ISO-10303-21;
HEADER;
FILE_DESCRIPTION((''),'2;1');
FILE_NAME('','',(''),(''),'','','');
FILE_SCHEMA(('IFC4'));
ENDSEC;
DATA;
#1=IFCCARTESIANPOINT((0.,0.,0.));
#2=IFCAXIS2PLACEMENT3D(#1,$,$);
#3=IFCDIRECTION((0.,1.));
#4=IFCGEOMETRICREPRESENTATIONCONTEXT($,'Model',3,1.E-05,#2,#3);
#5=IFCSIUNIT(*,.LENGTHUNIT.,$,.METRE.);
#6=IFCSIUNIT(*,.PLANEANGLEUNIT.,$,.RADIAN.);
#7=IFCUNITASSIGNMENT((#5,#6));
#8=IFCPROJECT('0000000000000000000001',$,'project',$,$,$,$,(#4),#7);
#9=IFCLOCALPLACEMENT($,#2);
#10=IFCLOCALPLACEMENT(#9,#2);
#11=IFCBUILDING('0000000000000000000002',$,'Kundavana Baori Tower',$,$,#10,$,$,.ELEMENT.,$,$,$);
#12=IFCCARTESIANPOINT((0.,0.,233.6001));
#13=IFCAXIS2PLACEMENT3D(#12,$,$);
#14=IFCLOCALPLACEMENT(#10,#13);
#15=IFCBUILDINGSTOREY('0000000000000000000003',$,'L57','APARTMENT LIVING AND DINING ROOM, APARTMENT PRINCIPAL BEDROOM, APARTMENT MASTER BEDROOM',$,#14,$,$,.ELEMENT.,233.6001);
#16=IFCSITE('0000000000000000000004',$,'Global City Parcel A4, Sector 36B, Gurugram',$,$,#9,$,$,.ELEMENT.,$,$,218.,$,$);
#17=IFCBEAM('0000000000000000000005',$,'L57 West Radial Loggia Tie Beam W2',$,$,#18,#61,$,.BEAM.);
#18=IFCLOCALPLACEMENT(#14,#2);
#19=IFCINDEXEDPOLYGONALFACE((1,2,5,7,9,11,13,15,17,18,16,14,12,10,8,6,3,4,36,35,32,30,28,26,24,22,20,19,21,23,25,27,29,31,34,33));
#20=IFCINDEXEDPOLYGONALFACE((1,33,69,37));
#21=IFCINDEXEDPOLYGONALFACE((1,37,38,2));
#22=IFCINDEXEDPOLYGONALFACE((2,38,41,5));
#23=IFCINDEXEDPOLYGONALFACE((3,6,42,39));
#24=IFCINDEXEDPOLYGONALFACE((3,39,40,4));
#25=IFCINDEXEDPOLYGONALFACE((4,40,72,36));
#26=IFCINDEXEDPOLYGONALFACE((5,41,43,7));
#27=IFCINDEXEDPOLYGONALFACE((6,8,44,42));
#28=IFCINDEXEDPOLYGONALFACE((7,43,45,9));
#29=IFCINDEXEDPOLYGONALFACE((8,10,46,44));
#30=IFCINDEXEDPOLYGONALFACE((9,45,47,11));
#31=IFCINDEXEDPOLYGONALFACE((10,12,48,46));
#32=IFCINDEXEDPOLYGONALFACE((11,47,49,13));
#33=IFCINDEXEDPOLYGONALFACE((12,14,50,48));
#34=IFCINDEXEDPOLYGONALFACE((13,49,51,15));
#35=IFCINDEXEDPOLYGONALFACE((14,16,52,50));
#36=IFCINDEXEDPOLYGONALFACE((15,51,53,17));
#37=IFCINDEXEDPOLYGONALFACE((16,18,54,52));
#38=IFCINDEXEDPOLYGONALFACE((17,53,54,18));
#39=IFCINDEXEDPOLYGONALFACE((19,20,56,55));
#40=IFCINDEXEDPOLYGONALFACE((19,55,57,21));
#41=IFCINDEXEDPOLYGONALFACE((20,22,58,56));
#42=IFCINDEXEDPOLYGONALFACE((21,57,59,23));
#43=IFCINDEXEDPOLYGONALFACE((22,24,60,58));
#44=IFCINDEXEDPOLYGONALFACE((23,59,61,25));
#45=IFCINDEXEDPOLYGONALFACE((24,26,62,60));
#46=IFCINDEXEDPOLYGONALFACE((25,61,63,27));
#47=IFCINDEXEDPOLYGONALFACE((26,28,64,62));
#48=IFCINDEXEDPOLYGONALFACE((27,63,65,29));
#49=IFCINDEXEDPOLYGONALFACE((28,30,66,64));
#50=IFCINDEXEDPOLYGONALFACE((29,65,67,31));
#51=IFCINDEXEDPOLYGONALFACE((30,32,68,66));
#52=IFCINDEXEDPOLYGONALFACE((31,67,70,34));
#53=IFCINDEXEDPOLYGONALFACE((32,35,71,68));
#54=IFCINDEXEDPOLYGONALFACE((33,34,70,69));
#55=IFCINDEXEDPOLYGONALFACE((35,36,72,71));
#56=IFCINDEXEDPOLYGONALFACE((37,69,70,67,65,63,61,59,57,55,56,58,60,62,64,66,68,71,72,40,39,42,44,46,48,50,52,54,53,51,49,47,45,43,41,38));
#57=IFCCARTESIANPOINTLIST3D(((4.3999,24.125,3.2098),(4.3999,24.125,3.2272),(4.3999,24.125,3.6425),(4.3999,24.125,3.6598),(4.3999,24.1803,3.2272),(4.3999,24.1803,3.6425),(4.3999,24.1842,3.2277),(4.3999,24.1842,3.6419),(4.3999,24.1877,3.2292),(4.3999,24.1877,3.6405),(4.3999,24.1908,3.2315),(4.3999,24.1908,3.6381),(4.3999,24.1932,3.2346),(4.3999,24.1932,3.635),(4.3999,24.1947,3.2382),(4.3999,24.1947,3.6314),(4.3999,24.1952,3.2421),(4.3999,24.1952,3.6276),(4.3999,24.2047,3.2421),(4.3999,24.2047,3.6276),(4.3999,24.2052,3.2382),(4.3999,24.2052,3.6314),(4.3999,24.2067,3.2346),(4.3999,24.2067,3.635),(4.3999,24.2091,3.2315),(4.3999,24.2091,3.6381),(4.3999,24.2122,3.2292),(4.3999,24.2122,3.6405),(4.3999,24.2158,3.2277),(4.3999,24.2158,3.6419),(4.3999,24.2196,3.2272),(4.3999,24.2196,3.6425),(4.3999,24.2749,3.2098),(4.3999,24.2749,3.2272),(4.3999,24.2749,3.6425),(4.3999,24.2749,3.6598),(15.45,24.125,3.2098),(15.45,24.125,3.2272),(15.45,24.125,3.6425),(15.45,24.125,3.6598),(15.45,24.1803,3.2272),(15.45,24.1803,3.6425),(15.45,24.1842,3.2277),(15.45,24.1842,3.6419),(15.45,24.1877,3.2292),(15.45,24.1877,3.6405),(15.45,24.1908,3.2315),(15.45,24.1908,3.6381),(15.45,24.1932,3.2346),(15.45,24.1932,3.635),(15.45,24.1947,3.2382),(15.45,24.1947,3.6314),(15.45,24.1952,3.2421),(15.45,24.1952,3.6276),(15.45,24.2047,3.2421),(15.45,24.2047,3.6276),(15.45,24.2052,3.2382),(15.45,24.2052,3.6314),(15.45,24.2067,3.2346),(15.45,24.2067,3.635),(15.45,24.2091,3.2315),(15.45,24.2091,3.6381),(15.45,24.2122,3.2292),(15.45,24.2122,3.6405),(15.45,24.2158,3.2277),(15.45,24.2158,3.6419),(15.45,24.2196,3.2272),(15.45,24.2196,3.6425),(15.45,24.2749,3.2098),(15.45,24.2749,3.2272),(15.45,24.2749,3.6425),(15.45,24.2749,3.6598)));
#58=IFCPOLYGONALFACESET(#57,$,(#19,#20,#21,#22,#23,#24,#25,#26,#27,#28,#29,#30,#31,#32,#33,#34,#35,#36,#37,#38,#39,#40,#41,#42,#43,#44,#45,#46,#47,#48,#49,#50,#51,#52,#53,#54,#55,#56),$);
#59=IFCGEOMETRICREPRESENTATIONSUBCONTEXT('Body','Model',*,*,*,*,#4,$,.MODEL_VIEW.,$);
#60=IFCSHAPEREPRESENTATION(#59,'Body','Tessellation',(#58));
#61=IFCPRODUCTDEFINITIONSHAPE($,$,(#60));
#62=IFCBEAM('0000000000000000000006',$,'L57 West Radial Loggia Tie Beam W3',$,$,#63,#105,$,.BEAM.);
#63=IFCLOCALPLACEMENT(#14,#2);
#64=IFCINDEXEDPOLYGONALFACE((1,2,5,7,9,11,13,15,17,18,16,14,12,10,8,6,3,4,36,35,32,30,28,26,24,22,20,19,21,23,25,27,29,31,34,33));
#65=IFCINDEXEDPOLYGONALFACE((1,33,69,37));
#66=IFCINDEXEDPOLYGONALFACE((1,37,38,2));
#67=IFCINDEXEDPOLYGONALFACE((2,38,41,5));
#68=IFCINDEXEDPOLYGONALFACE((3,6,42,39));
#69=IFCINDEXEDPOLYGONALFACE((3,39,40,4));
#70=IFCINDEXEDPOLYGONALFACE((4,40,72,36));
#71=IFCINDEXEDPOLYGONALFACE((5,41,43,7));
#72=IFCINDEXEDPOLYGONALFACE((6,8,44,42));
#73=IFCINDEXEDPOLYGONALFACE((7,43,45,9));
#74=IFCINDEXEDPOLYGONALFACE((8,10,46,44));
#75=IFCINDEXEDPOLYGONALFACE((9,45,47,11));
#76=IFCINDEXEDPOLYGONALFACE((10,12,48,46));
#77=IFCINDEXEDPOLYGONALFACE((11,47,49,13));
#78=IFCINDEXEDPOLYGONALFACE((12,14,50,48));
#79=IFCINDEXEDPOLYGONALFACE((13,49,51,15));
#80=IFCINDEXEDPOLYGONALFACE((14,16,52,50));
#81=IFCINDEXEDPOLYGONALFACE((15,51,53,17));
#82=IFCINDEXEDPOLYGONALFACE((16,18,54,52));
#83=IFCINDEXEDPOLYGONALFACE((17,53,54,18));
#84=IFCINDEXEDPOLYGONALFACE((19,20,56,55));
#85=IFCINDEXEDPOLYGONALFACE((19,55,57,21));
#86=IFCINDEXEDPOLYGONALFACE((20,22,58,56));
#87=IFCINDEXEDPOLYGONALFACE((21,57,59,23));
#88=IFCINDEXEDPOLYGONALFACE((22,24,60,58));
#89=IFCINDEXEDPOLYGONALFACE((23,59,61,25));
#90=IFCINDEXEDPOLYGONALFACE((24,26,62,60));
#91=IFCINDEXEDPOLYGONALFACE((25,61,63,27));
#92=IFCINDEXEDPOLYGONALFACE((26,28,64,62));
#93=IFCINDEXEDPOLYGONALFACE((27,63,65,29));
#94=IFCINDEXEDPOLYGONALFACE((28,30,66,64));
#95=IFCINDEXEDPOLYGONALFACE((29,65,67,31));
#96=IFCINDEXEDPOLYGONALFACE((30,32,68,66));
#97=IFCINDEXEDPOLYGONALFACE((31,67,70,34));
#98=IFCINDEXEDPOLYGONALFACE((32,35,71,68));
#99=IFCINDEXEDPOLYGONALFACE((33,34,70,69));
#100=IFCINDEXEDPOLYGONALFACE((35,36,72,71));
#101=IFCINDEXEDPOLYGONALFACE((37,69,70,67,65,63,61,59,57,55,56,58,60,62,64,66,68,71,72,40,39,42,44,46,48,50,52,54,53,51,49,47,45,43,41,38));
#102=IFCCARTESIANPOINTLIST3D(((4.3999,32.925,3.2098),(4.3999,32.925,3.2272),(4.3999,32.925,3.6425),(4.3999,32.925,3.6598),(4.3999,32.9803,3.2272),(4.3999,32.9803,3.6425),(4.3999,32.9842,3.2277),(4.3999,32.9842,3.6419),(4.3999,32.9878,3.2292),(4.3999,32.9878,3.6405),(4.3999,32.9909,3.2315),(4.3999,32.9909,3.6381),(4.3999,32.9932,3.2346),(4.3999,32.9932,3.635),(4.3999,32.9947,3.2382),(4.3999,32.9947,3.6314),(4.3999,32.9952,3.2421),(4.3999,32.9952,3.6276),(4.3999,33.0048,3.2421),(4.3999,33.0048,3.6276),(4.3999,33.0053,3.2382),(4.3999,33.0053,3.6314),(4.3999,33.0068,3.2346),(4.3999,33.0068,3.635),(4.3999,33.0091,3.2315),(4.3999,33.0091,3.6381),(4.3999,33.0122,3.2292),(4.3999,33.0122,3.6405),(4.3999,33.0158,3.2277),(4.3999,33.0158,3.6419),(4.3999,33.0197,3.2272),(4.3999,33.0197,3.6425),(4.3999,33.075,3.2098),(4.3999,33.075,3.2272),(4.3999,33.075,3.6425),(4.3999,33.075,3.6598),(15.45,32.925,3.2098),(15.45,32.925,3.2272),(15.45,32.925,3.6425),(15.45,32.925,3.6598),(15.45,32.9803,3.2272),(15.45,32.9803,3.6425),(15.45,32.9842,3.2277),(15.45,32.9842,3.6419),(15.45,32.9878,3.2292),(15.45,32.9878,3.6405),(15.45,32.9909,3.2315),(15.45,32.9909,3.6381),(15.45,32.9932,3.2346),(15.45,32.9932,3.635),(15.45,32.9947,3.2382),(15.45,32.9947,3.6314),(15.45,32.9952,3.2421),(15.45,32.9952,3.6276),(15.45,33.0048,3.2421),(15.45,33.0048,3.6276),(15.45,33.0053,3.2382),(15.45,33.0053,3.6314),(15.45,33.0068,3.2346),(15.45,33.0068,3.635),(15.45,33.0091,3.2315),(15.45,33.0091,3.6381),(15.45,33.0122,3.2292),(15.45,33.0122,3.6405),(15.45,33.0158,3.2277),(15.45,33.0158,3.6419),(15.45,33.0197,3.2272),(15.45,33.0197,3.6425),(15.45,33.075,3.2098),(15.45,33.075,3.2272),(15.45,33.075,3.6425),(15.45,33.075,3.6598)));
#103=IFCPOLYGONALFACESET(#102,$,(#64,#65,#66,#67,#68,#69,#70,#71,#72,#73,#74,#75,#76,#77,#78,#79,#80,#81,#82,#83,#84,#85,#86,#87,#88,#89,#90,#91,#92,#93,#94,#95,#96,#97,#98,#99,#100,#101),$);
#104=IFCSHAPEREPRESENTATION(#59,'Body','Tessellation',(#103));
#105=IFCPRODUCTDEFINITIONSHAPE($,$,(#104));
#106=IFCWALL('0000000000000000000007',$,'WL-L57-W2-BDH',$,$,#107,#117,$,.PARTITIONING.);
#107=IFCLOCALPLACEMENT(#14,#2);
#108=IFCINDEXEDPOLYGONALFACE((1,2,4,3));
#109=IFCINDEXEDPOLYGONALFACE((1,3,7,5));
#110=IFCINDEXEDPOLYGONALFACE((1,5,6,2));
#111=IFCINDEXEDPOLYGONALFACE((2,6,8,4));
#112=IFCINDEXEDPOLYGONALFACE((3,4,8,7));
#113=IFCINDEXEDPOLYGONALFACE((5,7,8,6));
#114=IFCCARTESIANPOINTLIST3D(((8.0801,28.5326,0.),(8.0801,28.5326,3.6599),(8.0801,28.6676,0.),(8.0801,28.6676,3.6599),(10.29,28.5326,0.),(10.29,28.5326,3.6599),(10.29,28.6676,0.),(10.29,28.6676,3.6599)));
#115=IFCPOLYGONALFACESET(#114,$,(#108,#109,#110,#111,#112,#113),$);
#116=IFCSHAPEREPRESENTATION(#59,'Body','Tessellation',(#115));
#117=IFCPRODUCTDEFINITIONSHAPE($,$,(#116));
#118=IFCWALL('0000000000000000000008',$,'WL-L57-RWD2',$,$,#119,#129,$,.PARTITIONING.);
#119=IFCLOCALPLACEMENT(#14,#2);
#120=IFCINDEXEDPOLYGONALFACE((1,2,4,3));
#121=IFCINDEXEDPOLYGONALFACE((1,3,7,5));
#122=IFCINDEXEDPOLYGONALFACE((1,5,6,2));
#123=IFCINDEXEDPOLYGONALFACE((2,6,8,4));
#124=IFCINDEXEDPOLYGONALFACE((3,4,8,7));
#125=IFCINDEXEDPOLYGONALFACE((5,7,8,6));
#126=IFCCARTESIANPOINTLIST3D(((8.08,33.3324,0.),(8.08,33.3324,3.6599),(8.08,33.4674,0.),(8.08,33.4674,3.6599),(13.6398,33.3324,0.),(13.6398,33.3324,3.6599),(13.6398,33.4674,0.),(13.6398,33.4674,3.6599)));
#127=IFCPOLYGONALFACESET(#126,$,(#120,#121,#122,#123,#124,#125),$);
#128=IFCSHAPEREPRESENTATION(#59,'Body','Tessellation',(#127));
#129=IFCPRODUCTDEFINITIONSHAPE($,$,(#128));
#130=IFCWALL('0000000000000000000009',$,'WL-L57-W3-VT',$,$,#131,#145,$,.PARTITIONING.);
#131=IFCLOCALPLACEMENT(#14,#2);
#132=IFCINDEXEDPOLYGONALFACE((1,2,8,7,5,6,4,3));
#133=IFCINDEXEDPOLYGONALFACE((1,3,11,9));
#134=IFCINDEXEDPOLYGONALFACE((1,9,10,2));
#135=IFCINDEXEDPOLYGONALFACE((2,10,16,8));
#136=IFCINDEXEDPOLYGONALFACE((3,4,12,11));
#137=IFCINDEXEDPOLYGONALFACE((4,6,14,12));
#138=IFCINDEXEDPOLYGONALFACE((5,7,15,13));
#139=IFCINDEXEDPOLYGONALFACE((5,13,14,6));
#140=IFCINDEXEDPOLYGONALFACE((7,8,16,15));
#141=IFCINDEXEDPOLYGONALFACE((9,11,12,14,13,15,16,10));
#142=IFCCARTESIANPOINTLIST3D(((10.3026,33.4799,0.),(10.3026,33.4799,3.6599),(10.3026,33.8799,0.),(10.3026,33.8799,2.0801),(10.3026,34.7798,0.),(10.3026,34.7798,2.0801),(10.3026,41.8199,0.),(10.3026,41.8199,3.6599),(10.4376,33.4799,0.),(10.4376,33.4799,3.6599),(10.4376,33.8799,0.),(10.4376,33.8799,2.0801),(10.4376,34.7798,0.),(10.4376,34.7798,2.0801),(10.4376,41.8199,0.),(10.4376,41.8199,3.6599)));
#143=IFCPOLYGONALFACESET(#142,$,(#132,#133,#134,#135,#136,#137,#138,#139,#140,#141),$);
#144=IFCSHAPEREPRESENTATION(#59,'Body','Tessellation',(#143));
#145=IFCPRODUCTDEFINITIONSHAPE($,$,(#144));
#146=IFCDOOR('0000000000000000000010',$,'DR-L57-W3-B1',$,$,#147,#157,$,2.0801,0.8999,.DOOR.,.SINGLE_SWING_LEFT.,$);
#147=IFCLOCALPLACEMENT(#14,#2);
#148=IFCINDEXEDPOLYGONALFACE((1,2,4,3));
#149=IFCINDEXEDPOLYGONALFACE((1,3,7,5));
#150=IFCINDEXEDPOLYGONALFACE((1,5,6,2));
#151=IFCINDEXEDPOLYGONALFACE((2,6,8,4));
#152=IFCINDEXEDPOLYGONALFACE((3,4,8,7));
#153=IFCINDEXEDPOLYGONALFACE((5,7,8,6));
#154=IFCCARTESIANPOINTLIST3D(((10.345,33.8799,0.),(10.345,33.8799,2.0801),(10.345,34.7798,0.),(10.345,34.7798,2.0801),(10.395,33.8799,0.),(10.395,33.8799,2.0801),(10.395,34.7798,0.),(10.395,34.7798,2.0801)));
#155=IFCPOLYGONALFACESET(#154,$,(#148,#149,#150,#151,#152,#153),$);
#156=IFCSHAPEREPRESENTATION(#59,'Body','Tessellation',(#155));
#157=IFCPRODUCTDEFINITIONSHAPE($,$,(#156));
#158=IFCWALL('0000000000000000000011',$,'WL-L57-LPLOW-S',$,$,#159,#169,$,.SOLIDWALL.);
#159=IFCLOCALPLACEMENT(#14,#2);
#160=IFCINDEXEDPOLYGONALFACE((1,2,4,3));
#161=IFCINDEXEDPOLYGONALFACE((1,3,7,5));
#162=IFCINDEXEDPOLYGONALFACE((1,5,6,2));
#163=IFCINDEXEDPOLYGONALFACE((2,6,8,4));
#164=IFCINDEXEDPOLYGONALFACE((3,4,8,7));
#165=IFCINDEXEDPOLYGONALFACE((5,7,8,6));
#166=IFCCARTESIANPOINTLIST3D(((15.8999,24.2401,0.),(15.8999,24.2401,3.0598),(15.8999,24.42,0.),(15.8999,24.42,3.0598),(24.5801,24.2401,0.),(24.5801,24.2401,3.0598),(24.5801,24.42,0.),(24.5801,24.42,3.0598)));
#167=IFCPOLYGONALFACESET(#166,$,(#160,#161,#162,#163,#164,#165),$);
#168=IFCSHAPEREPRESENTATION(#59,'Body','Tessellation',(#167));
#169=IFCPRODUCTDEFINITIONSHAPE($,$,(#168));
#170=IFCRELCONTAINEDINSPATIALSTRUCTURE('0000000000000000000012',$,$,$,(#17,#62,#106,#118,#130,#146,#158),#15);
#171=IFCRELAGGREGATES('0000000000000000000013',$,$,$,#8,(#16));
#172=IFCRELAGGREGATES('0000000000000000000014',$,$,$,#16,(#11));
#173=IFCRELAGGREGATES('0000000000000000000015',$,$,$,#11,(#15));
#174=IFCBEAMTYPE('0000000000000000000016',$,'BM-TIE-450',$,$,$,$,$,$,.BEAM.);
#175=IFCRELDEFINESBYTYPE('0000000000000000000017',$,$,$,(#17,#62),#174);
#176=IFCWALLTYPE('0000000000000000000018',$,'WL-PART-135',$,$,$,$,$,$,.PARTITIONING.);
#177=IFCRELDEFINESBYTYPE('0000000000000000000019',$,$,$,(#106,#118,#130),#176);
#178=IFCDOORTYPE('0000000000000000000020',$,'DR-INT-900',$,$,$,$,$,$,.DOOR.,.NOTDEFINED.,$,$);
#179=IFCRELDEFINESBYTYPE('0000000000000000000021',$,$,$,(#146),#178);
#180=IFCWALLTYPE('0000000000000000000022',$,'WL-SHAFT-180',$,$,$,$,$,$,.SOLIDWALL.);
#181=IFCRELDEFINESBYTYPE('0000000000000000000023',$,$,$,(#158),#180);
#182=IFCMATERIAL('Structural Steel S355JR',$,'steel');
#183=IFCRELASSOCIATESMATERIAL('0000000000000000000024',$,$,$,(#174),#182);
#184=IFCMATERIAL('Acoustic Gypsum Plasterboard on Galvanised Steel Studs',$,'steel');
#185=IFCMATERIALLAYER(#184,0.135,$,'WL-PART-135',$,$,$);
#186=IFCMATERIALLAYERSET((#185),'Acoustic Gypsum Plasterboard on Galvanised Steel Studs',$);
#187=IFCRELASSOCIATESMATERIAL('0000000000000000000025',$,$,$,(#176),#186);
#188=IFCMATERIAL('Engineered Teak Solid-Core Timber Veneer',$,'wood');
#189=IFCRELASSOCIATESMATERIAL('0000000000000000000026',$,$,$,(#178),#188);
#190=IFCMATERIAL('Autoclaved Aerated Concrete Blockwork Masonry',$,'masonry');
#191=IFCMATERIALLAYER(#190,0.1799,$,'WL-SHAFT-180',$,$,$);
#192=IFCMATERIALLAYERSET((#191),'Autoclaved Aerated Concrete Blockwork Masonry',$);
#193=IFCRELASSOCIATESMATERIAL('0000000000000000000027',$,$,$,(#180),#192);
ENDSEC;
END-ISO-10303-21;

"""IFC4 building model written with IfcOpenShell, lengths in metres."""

from ifc_helpers import new_model, si_unit, direction, frame, frame_2d, origin, origin_2d, place, context, subcontext, project, spatial, rectangle, i_section, extrude, material, layer, layer_set, material_profile, profile_set, type_object, element, fill, save


model = new_model("IFC4")

# Units and contexts
model_context = context("Model", 3, precision=1e-05, world=origin(), true_north=direction((0.0, 1.0)))
body_context = subcontext(model_context, "Body", "Model", "MODEL_VIEW")
ifc_project = project(units=[si_unit("LENGTHUNIT", "METRE"), si_unit("PLANEANGLEUNIT", "RADIAN")], contexts=[model_context])

# Site, building, storey
site_placement = place(None, origin())
site = spatial("IfcSite", under=ifc_project, at=site_placement, Name="Global City Parcel A4, Sector 36B, Gurugram", CompositionType="ELEMENT", RefElevation=218.0)
building_placement = place(site_placement, origin())
building = spatial("IfcBuilding", under=site, at=building_placement, Name="Kundavana Baori Tower", CompositionType="ELEMENT")
storey_placement = place(building_placement, frame((0.0, 0.0, 233.6001)))
storey = spatial("IfcBuildingStorey", under=building, at=storey_placement, Name="L57", Description="APARTMENT LIVING AND DINING ROOM, APARTMENT PRINCIPAL BEDROOM, APARTMENT MASTER BEDROOM", CompositionType="ELEMENT", Elevation=233.6001)

# Beams
ifc_material_1 = material(Name="Structural Steel S355JR", Category="steel")
ifc_material_profile_1 = material_profile(ifc_material_1, i_section(OverallWidth=0.1499, OverallDepth=0.45, WebThickness=0.0095, FlangeThickness=0.0173, FilletRadius=0.0149, at=origin_2d()), Name="ISMB 450")
ifc_profile_set_1 = profile_set([ifc_material_profile_1], Name="Structural Steel S355JR")
beam_type_1 = type_object("IfcBeamType", Name="BM-TIE-450", PredefinedType="BEAM", material=ifc_profile_set_1)
for number, where, z_axis, x_axis, name in (
    (1, (15.45, 24.2, 3.4348), (-1.0, 0.0, 0.0), (0.0, -1.0, 0.0), "L57 West Radial Loggia Tie Beam W2"),
    (2, (15.45, 33.0, 3.4348), (-1.0, 0.0, 0.0), (0.0, -1.0, 0.0), "L57 West Radial Loggia Tie Beam W3"),
):
    element("IfcBeam", number, at=place(storey_placement, frame(where, z_axis=z_axis, x_axis=x_axis)), inside=storey, type_object=beam_type_1, Name=name, PredefinedType="BEAM", context=body_context, shape_type="SweptSolid", body=[
        extrude(i_section(OverallWidth=0.1499, OverallDepth=0.45, WebThickness=0.0095, FlangeThickness=0.0173, FilletRadius=0.0149, at=origin_2d()), origin(), (0.0, 0.0, 1.0), 11.05),
    ])

# Walls
ifc_material_2 = material(Name="Acoustic Gypsum Plasterboard on Galvanised Steel Studs", Category="steel")
ifc_layer_1 = layer(ifc_material_2, 0.135, Name="WL-PART-135")
ifc_layer_set_1 = layer_set([ifc_layer_1], Name="Acoustic Gypsum Plasterboard on Galvanised Steel Studs")
wall_type_1 = type_object("IfcWallType", Name="WL-PART-135", PredefinedType="PARTITIONING", material=ifc_layer_set_1)
wall_1_placement = place(storey_placement, frame((8.0801, 28.6001, 0.0), z_axis=(0.0, 0.0, 1.0), x_axis=(1.0, 0.0, 0.0)))
element("IfcWall", 3, at=wall_1_placement, inside=storey, type_object=wall_type_1, Name="WL-L57-W2-BDH", PredefinedType="PARTITIONING", context=body_context, shape_type="SweptSolid", body=[
    extrude(rectangle(XDim=2.21, YDim=0.135, at=frame_2d((1.105, 0.0))), origin(), (0.0, 0.0, 1.0), 3.6599),
])
wall_2_placement = place(storey_placement, frame((8.0801, 33.3999, 0.0), z_axis=(0.0, 0.0, 1.0), x_axis=(1.0, 0.0, 0.0)))
element("IfcWall", 4, at=wall_2_placement, inside=storey, type_object=wall_type_1, Name="WL-L57-RWD2", PredefinedType="PARTITIONING", context=body_context, shape_type="SweptSolid", body=[
    extrude(rectangle(XDim=5.5598, YDim=0.135, at=frame_2d((2.7798, 0.0))), origin(), (0.0, 0.0, 1.0), 3.6599),
])

# Wall, opening, door
wall_3_placement = place(storey_placement, frame((10.3701, 33.48, 0.0), z_axis=(0.0, 0.0, 1.0), x_axis=(0.0, 1.0, 0.0)))
wall_3 = element("IfcWall", 5, at=wall_3_placement, inside=storey, type_object=wall_type_1, Name="WL-L57-W3-VT", PredefinedType="PARTITIONING", context=body_context, shape_type="SweptSolid", body=[
    extrude(rectangle(XDim=8.3401, YDim=0.135, at=frame_2d((4.1699, 0.0))), origin(), (0.0, 0.0, 1.0), 3.6599),
])
opening_1_placement = place(wall_3_placement, frame((0.3999, 0.0, 0.0)))
opening_1 = element("IfcOpeningElement", 6, at=opening_1_placement, cuts=wall_3, PredefinedType="OPENING", context=body_context, shape_type="SweptSolid", body=[
    extrude(rectangle(XDim=0.8999, YDim=2.0801, at=frame_2d((0.45, 1.04))), frame((0.0, 0.0776, 0.0), z_axis=(0.0, -1.0, 0.0), x_axis=(1.0, 0.0, 0.0)), (0.0, 0.0, 1.0), 0.155),
])
ifc_material_3 = material(Name="Engineered Teak Solid-Core Timber Veneer", Category="wood")
door_type_1 = type_object("IfcDoorType", Name="DR-INT-900", OperationType="NOTDEFINED", PredefinedType="DOOR", material=ifc_material_3)
door_1_placement = place(opening_1_placement, frame((0.8999, 0.0, 0.0), z_axis=(0.0, 0.0, 1.0), x_axis=(-1.0, 0.0, 0.0)))
door_1 = element("IfcDoor", 7, at=door_1_placement, inside=storey, type_object=door_type_1, Name="DR-L57-W3-B1", OperationType="SINGLE_SWING_LEFT", OverallHeight=2.0801, OverallWidth=0.8999, PredefinedType="DOOR", context=body_context, shape_type="SweptSolid", body=[
    extrude(rectangle(XDim=0.8999, YDim=2.0801, at=frame_2d((0.45, 1.04))), frame((0.0, 0.0249, 0.0), z_axis=(0.0, -1.0, 0.0), x_axis=(1.0, 0.0, 0.0)), (0.0, 0.0, 1.0), 0.05),
])
fill(opening_1, door_1)

# Wall
ifc_material_4 = material(Name="Autoclaved Aerated Concrete Blockwork Masonry", Category="masonry")
ifc_layer_2 = layer(ifc_material_4, 0.1799, Name="WL-SHAFT-180")
ifc_layer_set_2 = layer_set([ifc_layer_2], Name="Autoclaved Aerated Concrete Blockwork Masonry")
wall_type_2 = type_object("IfcWallType", Name="WL-SHAFT-180", PredefinedType="SOLIDWALL", material=ifc_layer_set_2)
wall_4_placement = place(storey_placement, frame((15.8999, 24.3301, 0.0), z_axis=(0.0, 0.0, 1.0), x_axis=(1.0, 0.0, 0.0)))
element("IfcWall", 8, at=wall_4_placement, inside=storey, type_object=wall_type_2, Name="WL-L57-LPLOW-S", PredefinedType="SOLIDWALL", context=body_context, shape_type="SweptSolid", body=[
    extrude(rectangle(XDim=8.6802, YDim=0.1799, at=frame_2d((4.3401, 0.0))), origin(), (0.0, 0.0, 1.0), 3.0598),
])

save(model, "model.ifc")
